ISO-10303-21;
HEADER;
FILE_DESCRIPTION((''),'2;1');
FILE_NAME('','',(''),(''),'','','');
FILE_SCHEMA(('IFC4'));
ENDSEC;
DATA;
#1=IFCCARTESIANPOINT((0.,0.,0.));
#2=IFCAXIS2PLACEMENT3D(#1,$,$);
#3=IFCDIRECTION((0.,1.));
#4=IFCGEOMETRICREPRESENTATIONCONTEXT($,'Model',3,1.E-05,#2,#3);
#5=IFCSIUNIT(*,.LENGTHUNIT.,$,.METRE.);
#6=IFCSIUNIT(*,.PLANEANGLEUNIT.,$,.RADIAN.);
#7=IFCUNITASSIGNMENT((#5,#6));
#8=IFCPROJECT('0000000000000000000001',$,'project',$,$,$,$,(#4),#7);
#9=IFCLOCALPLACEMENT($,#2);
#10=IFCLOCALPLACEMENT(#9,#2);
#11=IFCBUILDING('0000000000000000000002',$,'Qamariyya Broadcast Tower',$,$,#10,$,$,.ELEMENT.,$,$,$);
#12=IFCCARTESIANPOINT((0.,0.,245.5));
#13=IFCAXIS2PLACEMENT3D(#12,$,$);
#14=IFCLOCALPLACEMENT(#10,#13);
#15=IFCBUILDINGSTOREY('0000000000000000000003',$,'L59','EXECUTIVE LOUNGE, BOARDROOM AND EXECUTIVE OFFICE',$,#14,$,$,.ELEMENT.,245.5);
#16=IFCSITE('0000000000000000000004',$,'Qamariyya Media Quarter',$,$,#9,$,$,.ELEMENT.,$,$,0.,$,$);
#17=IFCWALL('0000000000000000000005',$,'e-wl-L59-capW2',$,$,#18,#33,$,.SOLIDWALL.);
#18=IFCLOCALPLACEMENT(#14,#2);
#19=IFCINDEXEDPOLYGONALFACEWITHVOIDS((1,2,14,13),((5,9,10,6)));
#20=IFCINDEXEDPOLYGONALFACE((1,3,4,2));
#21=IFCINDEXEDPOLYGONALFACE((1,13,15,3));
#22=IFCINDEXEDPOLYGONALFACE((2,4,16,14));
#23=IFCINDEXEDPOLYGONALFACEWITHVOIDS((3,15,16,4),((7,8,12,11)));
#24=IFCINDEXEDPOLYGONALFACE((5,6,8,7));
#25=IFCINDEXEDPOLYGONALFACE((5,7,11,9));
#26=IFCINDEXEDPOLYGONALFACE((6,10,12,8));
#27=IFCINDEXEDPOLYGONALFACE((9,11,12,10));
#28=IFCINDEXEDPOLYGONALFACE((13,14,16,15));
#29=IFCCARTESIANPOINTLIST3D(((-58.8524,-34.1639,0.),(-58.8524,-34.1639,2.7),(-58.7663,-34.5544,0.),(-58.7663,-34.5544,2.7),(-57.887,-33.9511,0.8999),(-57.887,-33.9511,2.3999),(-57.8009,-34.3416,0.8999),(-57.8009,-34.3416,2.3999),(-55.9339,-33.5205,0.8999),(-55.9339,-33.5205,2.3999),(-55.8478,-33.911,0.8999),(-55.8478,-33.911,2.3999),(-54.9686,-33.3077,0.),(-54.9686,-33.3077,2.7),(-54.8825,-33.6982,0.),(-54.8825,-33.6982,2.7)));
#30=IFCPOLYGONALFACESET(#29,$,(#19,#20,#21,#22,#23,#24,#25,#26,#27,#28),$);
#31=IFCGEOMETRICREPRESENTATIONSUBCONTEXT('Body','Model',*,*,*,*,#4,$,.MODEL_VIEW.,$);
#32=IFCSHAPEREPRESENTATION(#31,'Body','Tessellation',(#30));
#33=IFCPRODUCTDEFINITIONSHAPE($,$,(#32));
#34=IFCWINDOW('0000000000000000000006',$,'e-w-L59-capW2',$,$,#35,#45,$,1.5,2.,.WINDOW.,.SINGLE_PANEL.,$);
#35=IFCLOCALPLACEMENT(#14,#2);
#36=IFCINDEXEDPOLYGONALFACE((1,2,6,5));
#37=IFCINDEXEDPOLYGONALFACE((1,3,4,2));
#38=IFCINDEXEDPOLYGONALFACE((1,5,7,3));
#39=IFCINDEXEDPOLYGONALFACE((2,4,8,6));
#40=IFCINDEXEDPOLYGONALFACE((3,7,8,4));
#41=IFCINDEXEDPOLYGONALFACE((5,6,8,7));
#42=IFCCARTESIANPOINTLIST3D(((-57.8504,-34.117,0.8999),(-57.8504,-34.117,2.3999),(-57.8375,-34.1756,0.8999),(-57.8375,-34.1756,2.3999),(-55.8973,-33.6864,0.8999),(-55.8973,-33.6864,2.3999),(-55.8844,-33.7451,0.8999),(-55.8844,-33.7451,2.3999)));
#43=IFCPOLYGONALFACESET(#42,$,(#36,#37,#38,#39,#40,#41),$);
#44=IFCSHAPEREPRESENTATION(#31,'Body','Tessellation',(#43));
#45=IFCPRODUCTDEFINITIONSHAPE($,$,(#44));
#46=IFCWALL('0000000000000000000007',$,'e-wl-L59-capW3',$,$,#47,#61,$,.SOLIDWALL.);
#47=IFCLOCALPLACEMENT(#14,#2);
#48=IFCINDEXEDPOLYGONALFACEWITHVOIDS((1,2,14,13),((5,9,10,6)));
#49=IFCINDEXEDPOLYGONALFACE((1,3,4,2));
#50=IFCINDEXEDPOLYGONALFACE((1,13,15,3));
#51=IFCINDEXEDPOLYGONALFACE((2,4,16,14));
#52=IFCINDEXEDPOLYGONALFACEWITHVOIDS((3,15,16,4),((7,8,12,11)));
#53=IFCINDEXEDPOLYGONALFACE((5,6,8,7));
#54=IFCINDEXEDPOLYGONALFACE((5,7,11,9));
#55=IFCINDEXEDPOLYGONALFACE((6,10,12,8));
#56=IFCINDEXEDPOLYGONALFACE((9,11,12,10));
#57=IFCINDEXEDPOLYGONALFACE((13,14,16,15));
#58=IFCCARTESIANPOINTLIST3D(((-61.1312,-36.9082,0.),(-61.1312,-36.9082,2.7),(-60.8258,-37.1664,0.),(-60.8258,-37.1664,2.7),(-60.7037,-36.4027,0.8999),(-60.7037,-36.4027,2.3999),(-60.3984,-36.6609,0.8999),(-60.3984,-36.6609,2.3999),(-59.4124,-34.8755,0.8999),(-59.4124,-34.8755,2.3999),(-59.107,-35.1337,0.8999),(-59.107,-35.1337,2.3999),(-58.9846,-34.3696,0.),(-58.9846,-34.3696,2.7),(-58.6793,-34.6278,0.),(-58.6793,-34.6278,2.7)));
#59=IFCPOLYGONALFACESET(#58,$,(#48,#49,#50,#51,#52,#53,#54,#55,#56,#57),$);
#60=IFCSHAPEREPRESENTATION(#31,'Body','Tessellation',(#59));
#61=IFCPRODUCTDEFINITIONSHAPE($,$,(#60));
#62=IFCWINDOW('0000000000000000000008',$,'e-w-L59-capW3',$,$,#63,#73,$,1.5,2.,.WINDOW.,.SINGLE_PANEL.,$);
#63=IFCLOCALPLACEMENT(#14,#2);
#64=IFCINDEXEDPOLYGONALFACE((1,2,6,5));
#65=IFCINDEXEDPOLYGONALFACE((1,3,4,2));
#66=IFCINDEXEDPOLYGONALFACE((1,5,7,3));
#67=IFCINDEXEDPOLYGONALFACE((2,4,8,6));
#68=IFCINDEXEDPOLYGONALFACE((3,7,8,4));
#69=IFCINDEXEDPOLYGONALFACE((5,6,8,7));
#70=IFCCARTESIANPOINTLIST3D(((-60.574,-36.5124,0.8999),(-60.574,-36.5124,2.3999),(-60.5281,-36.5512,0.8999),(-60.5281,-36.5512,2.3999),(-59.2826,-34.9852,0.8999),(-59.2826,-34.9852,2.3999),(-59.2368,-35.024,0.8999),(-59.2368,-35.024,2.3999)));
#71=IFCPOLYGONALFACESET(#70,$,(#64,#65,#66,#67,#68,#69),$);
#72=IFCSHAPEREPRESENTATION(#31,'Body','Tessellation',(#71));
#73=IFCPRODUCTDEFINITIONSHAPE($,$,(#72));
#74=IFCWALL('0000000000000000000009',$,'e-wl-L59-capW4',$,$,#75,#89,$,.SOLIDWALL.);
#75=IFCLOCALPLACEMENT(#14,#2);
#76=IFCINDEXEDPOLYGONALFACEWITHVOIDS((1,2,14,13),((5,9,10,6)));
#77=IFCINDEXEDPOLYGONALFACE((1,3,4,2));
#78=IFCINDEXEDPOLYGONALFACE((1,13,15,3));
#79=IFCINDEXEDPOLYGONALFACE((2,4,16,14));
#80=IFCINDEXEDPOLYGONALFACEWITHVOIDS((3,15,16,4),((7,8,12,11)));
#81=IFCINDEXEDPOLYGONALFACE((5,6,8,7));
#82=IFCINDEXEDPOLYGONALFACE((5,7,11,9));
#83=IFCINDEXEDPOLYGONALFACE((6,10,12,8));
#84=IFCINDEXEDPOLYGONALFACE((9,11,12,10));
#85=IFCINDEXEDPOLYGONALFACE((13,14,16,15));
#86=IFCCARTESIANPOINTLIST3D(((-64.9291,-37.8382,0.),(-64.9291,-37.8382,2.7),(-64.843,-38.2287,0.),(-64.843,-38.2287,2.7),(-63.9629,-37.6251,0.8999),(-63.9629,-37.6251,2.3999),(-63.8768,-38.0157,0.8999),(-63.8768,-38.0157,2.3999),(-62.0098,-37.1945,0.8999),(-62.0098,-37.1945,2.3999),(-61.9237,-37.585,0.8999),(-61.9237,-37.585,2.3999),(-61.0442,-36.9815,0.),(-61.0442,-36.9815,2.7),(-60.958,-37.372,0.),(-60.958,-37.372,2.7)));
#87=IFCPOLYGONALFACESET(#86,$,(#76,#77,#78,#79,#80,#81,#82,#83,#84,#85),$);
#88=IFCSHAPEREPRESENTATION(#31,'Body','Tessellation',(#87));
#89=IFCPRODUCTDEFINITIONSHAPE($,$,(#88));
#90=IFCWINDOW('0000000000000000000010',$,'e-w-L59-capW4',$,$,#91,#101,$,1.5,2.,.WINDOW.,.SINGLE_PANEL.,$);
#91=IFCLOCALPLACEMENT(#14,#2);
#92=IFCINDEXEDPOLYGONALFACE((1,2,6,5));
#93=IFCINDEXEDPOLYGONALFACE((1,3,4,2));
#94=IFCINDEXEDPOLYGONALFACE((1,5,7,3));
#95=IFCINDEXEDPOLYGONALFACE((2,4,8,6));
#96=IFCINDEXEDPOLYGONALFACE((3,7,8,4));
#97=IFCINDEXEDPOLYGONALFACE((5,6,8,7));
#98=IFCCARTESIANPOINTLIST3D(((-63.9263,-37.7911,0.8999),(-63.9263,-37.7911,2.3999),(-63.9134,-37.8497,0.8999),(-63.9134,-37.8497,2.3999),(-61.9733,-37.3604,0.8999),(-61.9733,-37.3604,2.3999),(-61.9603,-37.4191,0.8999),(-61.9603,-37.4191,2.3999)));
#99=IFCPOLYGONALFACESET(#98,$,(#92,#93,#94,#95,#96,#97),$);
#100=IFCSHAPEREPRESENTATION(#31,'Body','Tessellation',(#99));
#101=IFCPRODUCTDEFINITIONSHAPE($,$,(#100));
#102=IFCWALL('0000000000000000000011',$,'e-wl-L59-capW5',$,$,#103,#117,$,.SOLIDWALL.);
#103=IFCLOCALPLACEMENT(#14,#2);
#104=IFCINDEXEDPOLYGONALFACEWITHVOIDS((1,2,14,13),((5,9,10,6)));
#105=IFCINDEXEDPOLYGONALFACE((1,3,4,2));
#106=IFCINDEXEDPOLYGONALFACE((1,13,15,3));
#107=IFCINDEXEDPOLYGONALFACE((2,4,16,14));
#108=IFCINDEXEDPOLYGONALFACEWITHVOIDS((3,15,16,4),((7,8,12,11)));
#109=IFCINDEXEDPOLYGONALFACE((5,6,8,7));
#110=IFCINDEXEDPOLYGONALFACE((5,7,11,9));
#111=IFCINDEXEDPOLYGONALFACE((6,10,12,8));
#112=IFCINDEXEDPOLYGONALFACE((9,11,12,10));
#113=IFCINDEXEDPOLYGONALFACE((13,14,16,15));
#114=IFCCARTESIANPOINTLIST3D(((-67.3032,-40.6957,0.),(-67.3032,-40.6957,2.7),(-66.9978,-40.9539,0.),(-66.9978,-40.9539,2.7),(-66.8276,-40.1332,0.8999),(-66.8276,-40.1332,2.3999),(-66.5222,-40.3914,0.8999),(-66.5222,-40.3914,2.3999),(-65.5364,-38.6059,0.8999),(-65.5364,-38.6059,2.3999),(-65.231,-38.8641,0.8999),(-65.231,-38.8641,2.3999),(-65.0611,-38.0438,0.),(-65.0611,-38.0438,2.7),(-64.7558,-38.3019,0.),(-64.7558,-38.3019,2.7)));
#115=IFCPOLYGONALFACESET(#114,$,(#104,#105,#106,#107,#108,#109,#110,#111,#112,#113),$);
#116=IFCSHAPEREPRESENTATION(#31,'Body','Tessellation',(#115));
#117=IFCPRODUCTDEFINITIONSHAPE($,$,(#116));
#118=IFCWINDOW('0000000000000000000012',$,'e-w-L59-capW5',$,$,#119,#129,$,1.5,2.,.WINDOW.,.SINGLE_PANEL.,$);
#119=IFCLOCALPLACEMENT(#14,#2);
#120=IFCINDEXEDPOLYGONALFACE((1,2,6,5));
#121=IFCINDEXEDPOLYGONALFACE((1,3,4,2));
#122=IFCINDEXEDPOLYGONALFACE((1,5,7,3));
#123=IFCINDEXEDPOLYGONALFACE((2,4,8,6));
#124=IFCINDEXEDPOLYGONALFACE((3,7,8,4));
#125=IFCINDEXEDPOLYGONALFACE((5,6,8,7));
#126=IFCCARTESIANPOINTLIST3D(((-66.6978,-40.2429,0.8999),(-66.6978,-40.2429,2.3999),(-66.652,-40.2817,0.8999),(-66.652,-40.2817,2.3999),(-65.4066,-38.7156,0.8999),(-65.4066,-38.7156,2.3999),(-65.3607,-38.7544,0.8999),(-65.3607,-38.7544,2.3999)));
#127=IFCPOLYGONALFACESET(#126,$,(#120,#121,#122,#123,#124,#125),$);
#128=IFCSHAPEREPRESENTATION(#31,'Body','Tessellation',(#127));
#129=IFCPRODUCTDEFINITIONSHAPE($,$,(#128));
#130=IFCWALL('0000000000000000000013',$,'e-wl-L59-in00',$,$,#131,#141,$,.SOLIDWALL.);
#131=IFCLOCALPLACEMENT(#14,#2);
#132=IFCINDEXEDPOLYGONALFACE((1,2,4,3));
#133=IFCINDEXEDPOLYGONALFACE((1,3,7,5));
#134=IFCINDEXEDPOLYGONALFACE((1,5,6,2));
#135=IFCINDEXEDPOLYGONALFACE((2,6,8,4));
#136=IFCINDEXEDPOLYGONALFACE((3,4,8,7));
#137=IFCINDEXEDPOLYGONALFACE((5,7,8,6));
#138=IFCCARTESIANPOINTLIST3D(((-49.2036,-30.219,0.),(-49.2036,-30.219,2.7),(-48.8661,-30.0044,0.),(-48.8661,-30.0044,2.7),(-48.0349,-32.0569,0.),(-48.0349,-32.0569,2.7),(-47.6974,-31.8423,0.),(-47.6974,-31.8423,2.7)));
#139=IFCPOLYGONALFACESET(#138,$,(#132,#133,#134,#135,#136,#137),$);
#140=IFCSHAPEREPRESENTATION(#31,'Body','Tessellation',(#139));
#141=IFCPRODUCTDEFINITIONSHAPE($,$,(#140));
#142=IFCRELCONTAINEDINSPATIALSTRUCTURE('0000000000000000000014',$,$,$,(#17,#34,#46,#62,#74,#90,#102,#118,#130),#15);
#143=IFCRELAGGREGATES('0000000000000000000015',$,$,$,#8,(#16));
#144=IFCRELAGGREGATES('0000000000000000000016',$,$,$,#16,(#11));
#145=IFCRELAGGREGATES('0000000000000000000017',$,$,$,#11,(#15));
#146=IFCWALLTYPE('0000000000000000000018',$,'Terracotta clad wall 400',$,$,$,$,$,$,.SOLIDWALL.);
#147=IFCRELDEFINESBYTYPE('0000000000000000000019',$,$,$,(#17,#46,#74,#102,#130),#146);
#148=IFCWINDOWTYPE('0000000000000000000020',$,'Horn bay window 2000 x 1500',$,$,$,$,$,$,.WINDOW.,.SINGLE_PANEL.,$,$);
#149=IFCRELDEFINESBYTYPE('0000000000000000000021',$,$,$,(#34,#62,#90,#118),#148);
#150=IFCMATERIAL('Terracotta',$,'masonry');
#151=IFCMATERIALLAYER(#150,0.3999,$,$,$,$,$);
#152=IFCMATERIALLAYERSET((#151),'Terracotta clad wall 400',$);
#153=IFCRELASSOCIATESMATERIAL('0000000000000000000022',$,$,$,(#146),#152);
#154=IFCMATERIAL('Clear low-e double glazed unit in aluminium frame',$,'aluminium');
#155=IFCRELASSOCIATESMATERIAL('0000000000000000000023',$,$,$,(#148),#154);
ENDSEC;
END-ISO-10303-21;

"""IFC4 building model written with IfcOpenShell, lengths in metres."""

from ifc_helpers import new_model, si_unit, direction, frame, frame_2d, origin, place, context, subcontext, project, spatial, rectangle, extrude, material, layer, layer_set, type_object, element, fill, save


model = new_model("IFC4")

# Units and contexts
model_context = context("Model", 3, precision=1e-05, world=origin(), true_north=direction((0.0, 1.0)))
body_context = subcontext(model_context, "Body", "Model", "MODEL_VIEW")
ifc_project = project(units=[si_unit("LENGTHUNIT", "METRE"), si_unit("PLANEANGLEUNIT", "RADIAN")], contexts=[model_context])

# Site, building, storey
site_placement = place(None, origin())
site = spatial("IfcSite", under=ifc_project, at=site_placement, Name="Qamariyya Media Quarter", CompositionType="ELEMENT", RefElevation=0.0)
building_placement = place(site_placement, origin())
building = spatial("IfcBuilding", under=site, at=building_placement, Name="Qamariyya Broadcast Tower", CompositionType="ELEMENT")
storey_placement = place(building_placement, frame((0.0, 0.0, 245.5)))
storey = spatial("IfcBuildingStorey", under=building, at=storey_placement, Name="L59", Description="EXECUTIVE LOUNGE, BOARDROOM AND EXECUTIVE OFFICE", CompositionType="ELEMENT", Elevation=245.5)

# Walls, openings, windows
ifc_material_1 = material(Name="Terracotta", Category="masonry")
ifc_layer = layer(ifc_material_1, 0.3999)
ifc_layer_set = layer_set([ifc_layer], Name="Terracotta clad wall 400")
wall_type = type_object("IfcWallType", Name="Terracotta clad wall 400", PredefinedType="SOLIDWALL", material=ifc_layer_set)
ifc_material_2 = material(Name="Clear low-e double glazed unit in aluminium frame", Category="aluminium")
window_type_1 = type_object("IfcWindowType", Name="Horn bay window 2000 x 1500", PartitioningType="SINGLE_PANEL", PredefinedType="WINDOW", material=ifc_material_2)
wall_1_placement = place(storey_placement, frame((-54.9255, -33.5029, 0.0), z_axis=(0.0, 0.0, 1.0), x_axis=(-0.976551, -0.215286, 0.0)))
wall_1 = element("IfcWall", 1, at=wall_1_placement, inside=storey, type_object=wall_type, Name="e-wl-L59-capW2", PredefinedType="SOLIDWALL", context=body_context, shape_type="SweptSolid", body=[
    extrude(rectangle(XDim=3.9771, YDim=0.3999, at=frame_2d((1.9885, 0.0))), origin(), (0.0, 0.0, 1.0), 2.7),
])
opening_1_placement = place(wall_1_placement, frame((0.9885, 0.0, 0.8999)))
opening_1 = element("IfcOpeningElement", 2, at=opening_1_placement, cuts=wall_1, PredefinedType="OPENING", context=body_context, shape_type="SweptSolid", body=[
    extrude(rectangle(XDim=2.0, YDim=1.5, at=frame_2d((1.0, 0.75))), frame((0.0, 0.21, 0.0), z_axis=(0.0, -1.0, 0.0), x_axis=(1.0, 0.0, 0.0)), (0.0, 0.0, 1.0), 0.4199),
])
window_1_placement = place(opening_1_placement, origin())
window_1 = element("IfcWindow", 3, at=window_1_placement, inside=storey, type_object=window_type_1, Name="e-w-L59-capW2", OverallHeight=1.5, OverallWidth=2.0, PartitioningType="SINGLE_PANEL", PredefinedType="WINDOW", context=body_context, shape_type="SweptSolid", body=[
    extrude(rectangle(XDim=2.0, YDim=1.5, at=frame_2d((1.0, 0.75))), frame((0.0, 0.03, 0.0), z_axis=(0.0, -1.0, 0.0), x_axis=(1.0, 0.0, 0.0)), (0.0, 0.0, 1.0), 0.0601),
])
fill(opening_1, window_1)
wall_2_placement = place(storey_placement, frame((-58.832, -34.4988, 0.0), z_axis=(0.0, 0.0, 1.0), x_axis=(-0.645672, -0.763615, 0.0)))
wall_2 = element("IfcWall", 4, at=wall_2_placement, inside=storey, type_object=wall_type, Name="e-wl-L59-capW3", PredefinedType="SOLIDWALL", context=body_context, shape_type="SweptSolid", body=[
    extrude(rectangle(XDim=3.3245, YDim=0.3999, at=frame_2d((1.6621, 0.0))), origin(), (0.0, 0.0, 1.0), 2.7),
])
opening_2_placement = place(wall_2_placement, frame((0.6624, 0.0, 0.8999)))
opening_2 = element("IfcOpeningElement", 5, at=opening_2_placement, cuts=wall_2, PredefinedType="OPENING", context=body_context, shape_type="SweptSolid", body=[
    extrude(rectangle(XDim=2.0, YDim=1.5, at=frame_2d((1.0, 0.75))), frame((0.0, 0.21, 0.0), z_axis=(0.0, -1.0, 0.0), x_axis=(1.0, 0.0, 0.0)), (0.0, 0.0, 1.0), 0.4199),
])
window_2_placement = place(opening_2_placement, origin())
window_2 = element("IfcWindow", 6, at=window_2_placement, inside=storey, type_object=window_type_1, Name="e-w-L59-capW3", OverallHeight=1.5, OverallWidth=2.0, PartitioningType="SINGLE_PANEL", PredefinedType="WINDOW", context=body_context, shape_type="SweptSolid", body=[
    extrude(rectangle(XDim=2.0, YDim=1.5, at=frame_2d((1.0, 0.75))), frame((0.0, 0.03, 0.0), z_axis=(0.0, -1.0, 0.0), x_axis=(1.0, 0.0, 0.0)), (0.0, 0.0, 1.0), 0.0601),
])
fill(opening_2, window_2)
wall_3_placement = place(storey_placement, frame((-61.001, -37.1768, 0.0), z_axis=(0.0, 0.0, 1.0), x_axis=(-0.97654, -0.215338, 0.0)))
wall_3 = element("IfcWall", 7, at=wall_3_placement, inside=storey, type_object=wall_type, Name="e-wl-L59-capW4", PredefinedType="SOLIDWALL", context=body_context, shape_type="SweptSolid", body=[
    extrude(rectangle(XDim=3.9783, YDim=0.3999, at=frame_2d((1.9893, 0.0))), origin(), (0.0, 0.0, 1.0), 2.7),
])
opening_3_placement = place(wall_3_placement, frame((0.989, 0.0, 0.8999)))
opening_3 = element("IfcOpeningElement", 8, at=opening_3_placement, cuts=wall_3, PredefinedType="OPENING", context=body_context, shape_type="SweptSolid", body=[
    extrude(rectangle(XDim=2.0, YDim=1.5, at=frame_2d((1.0, 0.75))), frame((0.0, 0.21, 0.0), z_axis=(0.0, -1.0, 0.0), x_axis=(1.0, 0.0, 0.0)), (0.0, 0.0, 1.0), 0.4199),
])
window_3_placement = place(opening_3_placement, origin())
window_3 = element("IfcWindow", 9, at=window_3_placement, inside=storey, type_object=window_type_1, Name="e-w-L59-capW4", OverallHeight=1.5, OverallWidth=2.0, PartitioningType="SINGLE_PANEL", PredefinedType="WINDOW", context=body_context, shape_type="SweptSolid", body=[
    extrude(rectangle(XDim=2.0, YDim=1.5, at=frame_2d((1.0, 0.75))), frame((0.0, 0.03, 0.0), z_axis=(0.0, -1.0, 0.0), x_axis=(1.0, 0.0, 0.0)), (0.0, 0.0, 1.0), 0.0601),
])
fill(opening_3, window_3)
wall_4_placement = place(storey_placement, frame((-64.9084, -38.1729, 0.0), z_axis=(0.0, 0.0, 1.0), x_axis=(-0.645618, -0.763661, 0.0)))
wall_4 = element("IfcWall", 10, at=wall_4_placement, inside=storey, type_object=wall_type, Name="e-wl-L59-capW5", PredefinedType="SOLIDWALL", context=body_context, shape_type="SweptSolid", body=[
    extrude(rectangle(XDim=3.4727, YDim=0.3999, at=frame_2d((1.7363, 0.0))), origin(), (0.0, 0.0, 1.0), 2.7),
])
opening_4_placement = place(wall_4_placement, frame((0.7361, 0.0, 0.8999)))
opening_4 = element("IfcOpeningElement", 11, at=opening_4_placement, cuts=wall_4, PredefinedType="OPENING", context=body_context, shape_type="SweptSolid", body=[
    extrude(rectangle(XDim=2.0, YDim=1.5, at=frame_2d((1.0, 0.75))), frame((0.0, 0.21, 0.0), z_axis=(0.0, -1.0, 0.0), x_axis=(1.0, 0.0, 0.0)), (0.0, 0.0, 1.0), 0.4199),
])
window_4_placement = place(opening_4_placement, origin())
window_4 = element("IfcWindow", 12, at=window_4_placement, inside=storey, type_object=window_type_1, Name="e-w-L59-capW5", OverallHeight=1.5, OverallWidth=2.0, PartitioningType="SINGLE_PANEL", PredefinedType="WINDOW", context=body_context, shape_type="SweptSolid", body=[
    extrude(rectangle(XDim=2.0, YDim=1.5, at=frame_2d((1.0, 0.75))), frame((0.0, 0.03, 0.0), z_axis=(0.0, -1.0, 0.0), x_axis=(1.0, 0.0, 0.0)), (0.0, 0.0, 1.0), 0.0601),
])
fill(opening_4, window_4)

# Wall
wall_5_placement = place(storey_placement, frame((-47.8662, -31.9495, 0.0), z_axis=(0.0, 0.0, 1.0), x_axis=(-0.536593, 0.843841, 0.0)))
element("IfcWall", 13, at=wall_5_placement, inside=storey, type_object=wall_type, Name="e-wl-L59-in00", PredefinedType="SOLIDWALL", context=body_context, shape_type="SweptSolid", body=[
    extrude(rectangle(XDim=2.178, YDim=0.3999, at=frame_2d((1.0889, 0.0))), origin(), (0.0, 0.0, 1.0), 2.7),
])

save(model, "model.ifc")
